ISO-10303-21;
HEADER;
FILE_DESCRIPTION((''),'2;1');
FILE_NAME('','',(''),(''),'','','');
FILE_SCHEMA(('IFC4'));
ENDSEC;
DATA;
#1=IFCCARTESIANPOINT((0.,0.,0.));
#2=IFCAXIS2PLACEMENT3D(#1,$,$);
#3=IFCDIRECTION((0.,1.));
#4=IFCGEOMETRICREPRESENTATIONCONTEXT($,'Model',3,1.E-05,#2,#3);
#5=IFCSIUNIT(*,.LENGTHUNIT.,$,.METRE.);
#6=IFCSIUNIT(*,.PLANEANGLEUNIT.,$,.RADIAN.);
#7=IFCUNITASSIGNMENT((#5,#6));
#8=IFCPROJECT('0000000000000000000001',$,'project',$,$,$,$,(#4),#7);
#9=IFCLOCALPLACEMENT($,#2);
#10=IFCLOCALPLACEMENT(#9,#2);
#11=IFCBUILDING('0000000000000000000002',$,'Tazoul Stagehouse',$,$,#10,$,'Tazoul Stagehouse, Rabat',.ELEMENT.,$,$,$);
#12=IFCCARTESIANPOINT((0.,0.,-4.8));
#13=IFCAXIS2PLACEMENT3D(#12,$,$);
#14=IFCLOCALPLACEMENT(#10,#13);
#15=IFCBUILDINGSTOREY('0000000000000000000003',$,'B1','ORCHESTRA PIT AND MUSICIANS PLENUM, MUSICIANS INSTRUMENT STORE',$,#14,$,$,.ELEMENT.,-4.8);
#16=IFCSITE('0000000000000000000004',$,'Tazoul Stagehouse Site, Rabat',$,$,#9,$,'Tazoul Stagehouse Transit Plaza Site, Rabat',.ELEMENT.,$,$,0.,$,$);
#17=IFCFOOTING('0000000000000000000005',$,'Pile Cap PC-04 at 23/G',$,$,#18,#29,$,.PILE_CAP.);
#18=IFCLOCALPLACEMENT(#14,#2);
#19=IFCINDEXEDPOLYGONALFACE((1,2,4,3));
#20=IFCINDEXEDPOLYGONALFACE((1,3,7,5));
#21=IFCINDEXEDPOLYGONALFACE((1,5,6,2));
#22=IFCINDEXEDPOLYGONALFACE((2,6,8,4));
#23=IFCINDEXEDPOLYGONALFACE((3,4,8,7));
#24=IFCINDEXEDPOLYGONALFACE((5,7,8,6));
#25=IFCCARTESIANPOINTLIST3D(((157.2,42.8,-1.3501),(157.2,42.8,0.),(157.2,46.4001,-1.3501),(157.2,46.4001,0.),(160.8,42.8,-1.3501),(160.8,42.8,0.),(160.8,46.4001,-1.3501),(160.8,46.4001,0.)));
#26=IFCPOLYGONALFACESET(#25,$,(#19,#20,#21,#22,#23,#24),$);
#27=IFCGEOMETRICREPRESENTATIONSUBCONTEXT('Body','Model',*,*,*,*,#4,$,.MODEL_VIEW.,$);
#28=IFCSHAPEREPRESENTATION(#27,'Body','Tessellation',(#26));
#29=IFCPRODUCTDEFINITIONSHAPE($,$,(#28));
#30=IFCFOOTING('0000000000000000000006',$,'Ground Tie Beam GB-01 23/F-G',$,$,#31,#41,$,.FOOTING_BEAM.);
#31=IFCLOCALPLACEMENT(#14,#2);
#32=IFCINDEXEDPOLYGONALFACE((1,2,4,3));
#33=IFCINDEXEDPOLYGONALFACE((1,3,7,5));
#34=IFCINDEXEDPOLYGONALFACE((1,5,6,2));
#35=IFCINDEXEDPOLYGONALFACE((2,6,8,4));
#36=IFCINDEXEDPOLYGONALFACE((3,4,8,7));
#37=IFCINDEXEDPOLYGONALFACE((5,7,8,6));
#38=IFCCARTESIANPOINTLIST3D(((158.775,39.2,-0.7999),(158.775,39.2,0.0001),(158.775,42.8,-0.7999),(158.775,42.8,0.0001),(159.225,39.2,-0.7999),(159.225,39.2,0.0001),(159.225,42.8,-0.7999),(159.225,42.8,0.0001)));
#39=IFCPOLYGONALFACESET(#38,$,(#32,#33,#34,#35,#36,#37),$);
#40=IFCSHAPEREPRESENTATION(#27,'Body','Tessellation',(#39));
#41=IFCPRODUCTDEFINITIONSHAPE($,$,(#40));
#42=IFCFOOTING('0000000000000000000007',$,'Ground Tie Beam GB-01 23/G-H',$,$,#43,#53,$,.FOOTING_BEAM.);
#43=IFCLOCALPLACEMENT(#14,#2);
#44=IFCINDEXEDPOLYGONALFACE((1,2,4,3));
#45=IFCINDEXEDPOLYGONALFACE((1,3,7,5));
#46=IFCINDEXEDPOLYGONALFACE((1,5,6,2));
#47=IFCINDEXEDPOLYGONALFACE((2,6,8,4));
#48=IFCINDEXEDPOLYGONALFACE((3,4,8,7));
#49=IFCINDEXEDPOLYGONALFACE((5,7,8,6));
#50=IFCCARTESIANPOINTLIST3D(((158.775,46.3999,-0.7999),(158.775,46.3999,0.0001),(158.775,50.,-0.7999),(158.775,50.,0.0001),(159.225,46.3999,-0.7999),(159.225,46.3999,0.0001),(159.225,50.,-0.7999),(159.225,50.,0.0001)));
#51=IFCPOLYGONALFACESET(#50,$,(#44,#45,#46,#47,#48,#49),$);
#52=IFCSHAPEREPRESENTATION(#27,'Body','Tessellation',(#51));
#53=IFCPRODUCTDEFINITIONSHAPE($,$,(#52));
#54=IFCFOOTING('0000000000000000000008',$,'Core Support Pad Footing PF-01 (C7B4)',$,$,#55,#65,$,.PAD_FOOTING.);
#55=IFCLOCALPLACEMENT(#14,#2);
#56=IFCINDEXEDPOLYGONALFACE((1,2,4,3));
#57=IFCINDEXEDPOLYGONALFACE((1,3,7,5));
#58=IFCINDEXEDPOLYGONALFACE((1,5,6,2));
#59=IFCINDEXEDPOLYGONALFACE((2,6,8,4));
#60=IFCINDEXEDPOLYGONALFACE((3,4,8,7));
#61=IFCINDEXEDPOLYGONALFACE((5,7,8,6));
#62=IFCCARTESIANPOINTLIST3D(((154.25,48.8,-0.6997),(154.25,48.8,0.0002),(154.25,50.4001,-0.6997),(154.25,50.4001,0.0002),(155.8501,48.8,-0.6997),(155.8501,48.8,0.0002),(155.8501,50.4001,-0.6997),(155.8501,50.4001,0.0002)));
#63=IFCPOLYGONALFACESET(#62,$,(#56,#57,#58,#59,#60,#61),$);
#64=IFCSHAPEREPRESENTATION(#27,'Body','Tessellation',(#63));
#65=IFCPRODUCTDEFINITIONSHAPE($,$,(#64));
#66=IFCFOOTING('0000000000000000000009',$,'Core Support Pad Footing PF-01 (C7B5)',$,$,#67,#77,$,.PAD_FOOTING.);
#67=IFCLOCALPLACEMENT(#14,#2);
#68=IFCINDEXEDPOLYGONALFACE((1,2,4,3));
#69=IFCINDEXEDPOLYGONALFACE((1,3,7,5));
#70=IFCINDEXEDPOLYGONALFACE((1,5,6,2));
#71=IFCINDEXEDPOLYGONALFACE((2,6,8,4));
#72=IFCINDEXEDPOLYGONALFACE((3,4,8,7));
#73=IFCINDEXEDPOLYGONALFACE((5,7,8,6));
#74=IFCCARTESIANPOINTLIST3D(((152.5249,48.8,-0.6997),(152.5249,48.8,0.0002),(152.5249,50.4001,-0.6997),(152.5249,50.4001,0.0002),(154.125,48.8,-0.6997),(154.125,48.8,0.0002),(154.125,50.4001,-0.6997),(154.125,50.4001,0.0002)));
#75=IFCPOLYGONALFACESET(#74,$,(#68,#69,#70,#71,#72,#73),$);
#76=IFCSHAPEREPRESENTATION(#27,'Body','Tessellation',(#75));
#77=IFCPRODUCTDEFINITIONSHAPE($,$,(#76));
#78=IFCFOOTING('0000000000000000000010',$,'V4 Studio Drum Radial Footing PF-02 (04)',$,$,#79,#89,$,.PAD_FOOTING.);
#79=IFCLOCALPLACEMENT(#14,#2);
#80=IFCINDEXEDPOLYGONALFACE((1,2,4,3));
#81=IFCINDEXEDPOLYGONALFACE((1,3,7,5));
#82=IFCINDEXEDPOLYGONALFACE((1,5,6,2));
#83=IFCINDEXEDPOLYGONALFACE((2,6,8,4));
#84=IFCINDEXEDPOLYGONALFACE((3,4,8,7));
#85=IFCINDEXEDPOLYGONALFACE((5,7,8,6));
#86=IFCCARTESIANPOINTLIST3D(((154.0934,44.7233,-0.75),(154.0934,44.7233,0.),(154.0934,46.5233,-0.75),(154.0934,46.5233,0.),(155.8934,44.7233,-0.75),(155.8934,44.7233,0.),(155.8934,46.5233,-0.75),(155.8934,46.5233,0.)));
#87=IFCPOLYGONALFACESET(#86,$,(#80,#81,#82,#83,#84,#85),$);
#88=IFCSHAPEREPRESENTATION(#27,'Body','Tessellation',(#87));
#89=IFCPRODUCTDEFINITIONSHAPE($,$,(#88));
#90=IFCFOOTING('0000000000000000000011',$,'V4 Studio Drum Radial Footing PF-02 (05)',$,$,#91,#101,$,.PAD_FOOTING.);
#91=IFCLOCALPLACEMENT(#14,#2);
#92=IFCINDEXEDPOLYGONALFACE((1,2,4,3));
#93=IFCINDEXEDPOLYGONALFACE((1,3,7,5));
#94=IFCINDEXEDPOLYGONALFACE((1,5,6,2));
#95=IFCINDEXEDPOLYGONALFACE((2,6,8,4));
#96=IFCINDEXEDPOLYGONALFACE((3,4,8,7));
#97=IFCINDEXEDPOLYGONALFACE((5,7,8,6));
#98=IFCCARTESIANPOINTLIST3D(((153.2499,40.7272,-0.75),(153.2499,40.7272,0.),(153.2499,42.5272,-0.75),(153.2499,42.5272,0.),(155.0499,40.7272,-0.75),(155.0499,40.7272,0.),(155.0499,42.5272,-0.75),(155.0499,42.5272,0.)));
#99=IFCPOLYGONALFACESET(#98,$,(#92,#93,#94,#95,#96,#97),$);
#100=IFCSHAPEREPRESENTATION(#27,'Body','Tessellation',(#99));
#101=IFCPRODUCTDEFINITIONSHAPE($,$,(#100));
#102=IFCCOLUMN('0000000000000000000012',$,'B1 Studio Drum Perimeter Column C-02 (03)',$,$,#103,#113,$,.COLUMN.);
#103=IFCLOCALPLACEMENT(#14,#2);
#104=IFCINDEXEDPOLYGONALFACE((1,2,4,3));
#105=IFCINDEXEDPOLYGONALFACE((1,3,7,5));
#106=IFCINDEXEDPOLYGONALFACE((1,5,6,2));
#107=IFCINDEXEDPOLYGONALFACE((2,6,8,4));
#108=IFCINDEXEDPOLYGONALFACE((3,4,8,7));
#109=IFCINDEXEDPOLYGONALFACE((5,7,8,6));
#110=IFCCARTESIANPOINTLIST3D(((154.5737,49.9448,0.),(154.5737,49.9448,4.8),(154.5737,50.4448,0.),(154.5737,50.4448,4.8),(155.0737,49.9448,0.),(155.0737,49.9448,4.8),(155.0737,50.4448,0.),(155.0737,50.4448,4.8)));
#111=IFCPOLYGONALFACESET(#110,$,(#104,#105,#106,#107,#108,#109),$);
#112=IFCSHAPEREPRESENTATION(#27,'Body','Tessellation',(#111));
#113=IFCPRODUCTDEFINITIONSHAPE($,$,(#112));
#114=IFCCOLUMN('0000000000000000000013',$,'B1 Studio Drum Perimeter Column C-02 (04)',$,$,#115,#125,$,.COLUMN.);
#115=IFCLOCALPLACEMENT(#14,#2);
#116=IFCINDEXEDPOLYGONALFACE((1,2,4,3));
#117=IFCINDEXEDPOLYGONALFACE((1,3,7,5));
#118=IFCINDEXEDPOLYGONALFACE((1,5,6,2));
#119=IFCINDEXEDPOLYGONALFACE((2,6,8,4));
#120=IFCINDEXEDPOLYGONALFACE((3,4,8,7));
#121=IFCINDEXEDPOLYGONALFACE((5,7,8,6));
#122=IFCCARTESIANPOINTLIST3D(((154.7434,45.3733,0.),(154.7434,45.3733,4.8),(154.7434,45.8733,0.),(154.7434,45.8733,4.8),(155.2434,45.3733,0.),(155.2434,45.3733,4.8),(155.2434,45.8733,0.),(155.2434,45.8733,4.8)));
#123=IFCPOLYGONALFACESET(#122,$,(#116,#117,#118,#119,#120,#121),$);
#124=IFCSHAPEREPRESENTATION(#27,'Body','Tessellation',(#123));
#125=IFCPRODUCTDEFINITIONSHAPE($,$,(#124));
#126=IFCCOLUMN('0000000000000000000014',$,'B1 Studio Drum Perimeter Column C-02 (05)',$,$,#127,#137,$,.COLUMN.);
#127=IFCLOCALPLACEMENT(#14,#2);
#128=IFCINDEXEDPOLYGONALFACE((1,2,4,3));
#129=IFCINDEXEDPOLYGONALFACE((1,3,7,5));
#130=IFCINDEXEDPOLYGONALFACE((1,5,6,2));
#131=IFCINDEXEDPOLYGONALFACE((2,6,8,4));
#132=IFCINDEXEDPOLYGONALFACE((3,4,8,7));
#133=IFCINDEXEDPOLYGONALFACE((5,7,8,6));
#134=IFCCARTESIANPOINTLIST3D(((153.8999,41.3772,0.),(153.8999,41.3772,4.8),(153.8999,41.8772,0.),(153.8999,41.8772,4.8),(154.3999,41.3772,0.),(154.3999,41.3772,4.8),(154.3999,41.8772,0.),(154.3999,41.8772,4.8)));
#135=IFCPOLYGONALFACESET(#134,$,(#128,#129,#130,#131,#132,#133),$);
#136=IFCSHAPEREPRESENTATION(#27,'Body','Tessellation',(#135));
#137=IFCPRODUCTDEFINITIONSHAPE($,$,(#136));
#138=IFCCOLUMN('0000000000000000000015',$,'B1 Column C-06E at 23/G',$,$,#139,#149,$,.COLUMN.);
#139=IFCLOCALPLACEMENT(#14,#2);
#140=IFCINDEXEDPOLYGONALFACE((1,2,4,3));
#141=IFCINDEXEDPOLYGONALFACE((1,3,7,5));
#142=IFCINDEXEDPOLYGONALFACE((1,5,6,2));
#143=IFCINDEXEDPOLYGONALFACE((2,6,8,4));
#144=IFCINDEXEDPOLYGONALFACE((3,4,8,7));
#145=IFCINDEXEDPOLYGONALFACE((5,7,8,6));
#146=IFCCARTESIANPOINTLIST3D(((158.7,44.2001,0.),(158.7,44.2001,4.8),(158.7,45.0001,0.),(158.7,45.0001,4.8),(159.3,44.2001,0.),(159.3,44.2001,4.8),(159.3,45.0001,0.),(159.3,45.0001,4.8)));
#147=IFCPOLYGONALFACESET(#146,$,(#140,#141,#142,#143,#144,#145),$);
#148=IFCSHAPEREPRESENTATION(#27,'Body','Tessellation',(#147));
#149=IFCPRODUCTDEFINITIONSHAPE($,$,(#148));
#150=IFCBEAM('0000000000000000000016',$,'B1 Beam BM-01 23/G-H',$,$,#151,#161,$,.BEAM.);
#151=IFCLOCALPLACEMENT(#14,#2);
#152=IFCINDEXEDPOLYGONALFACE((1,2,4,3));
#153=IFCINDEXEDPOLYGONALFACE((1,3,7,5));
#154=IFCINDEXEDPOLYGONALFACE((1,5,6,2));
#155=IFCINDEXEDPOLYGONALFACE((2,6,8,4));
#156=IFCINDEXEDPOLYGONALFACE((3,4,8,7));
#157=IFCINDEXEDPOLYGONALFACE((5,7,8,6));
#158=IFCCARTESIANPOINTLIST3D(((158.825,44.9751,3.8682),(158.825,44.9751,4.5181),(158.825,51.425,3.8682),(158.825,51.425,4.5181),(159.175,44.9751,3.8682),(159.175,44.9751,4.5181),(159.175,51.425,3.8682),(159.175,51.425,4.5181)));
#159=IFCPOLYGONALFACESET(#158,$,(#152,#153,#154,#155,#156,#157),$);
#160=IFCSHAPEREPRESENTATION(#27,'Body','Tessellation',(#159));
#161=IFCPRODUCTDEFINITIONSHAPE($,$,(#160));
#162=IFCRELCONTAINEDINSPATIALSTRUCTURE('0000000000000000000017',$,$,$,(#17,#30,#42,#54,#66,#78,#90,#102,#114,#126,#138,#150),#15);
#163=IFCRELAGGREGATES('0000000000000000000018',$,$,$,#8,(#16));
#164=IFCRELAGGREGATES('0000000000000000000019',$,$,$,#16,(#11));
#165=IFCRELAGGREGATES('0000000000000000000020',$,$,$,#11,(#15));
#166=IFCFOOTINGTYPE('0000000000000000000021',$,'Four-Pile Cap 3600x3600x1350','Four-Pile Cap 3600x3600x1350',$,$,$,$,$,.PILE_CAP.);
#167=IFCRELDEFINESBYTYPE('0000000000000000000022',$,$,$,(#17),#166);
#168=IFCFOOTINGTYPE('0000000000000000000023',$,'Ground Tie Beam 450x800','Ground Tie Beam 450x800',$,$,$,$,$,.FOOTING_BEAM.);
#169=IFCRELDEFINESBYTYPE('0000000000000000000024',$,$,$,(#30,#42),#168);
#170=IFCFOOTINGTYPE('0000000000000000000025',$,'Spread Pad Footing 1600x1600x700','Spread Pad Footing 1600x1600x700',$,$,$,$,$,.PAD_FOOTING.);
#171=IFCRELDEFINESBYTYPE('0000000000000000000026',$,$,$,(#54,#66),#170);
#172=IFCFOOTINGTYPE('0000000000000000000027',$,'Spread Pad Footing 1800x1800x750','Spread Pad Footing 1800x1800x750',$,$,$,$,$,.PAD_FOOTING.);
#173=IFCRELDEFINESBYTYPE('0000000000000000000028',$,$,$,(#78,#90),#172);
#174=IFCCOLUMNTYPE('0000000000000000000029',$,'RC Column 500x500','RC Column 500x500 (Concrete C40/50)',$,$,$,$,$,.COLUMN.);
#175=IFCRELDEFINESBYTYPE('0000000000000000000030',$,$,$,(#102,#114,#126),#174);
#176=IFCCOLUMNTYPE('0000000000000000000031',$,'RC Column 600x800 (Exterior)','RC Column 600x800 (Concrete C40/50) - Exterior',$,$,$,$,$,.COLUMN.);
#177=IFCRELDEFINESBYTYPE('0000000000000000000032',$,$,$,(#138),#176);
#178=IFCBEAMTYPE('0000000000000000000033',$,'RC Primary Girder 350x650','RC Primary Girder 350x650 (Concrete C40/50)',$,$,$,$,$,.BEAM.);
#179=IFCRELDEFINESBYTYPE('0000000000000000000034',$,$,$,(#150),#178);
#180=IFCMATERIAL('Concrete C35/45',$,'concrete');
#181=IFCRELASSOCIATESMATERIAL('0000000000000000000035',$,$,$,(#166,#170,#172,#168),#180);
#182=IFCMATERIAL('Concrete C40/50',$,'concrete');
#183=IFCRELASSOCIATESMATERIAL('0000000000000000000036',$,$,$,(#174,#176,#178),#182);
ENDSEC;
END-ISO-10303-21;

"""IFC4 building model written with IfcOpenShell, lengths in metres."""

from ifc_helpers import new_model, si_unit, direction, frame, origin, origin_2d, place, context, subcontext, project, spatial, rectangle, extrude, material, material_profile, profile_set, type_object, element, save


model = new_model("IFC4")

# Units and contexts
model_context = context("Model", 3, precision=1e-05, world=origin(), true_north=direction((0.0, 1.0)))
body_context = subcontext(model_context, "Body", "Model", "MODEL_VIEW")
ifc_project = project(units=[si_unit("LENGTHUNIT", "METRE"), si_unit("PLANEANGLEUNIT", "RADIAN")], contexts=[model_context])

# Site, building, storey
site_placement = place(None, origin())
site = spatial("IfcSite", under=ifc_project, at=site_placement, Name="Tazoul Stagehouse Site, Rabat", LongName="Tazoul Stagehouse Transit Plaza Site, Rabat", CompositionType="ELEMENT", RefElevation=0.0)
building_placement = place(site_placement, origin())
building = spatial("IfcBuilding", under=site, at=building_placement, Name="Tazoul Stagehouse", LongName="Tazoul Stagehouse, Rabat", CompositionType="ELEMENT")
storey_placement = place(building_placement, frame((0.0, 0.0, -4.8)))
storey = spatial("IfcBuildingStorey", under=building, at=storey_placement, Name="B1", Description="ORCHESTRA PIT AND MUSICIANS PLENUM, MUSICIANS INSTRUMENT STORE", CompositionType="ELEMENT", Elevation=-4.8)

# Shared definitions
ifc_material_1 = material(Name="Concrete C35/45", Category="concrete")

# Footings
footing_type_1 = type_object("IfcFootingType", Name="Four-Pile Cap 3600x3600x1350", Description="Four-Pile Cap 3600x3600x1350", PredefinedType="PILE_CAP", material=ifc_material_1)
footing_placement = place(storey_placement, frame((159.0, 44.6001, -1.3501), z_axis=(0.0, 0.0, 1.0), x_axis=(1.0, 0.0, 0.0)))
element("IfcFooting", 1, at=footing_placement, inside=storey, type_object=footing_type_1, Name="Pile Cap PC-04 at 23/G", PredefinedType="PILE_CAP", context=body_context, shape_type="SweptSolid", body=[
    extrude(rectangle(XDim=3.6001, YDim=3.6001, at=origin_2d()), origin(), (0.0, 0.0, 1.0), 1.3501),
])
ifc_material_profile_1 = material_profile(ifc_material_1, rectangle(XDim=0.45, YDim=0.8, at=origin_2d()), Name="RC 450x800")
ifc_profile_set_1 = profile_set([ifc_material_profile_1], Name="Concrete C35/45")
footing_type_2 = type_object("IfcFootingType", Name="Ground Tie Beam 450x800", Description="Ground Tie Beam 450x800", PredefinedType="FOOTING_BEAM", material=ifc_profile_set_1)
for number, where, z_axis, x_axis, name in (
    (2, (159.0, 39.2, -0.3999), (0.0, 1.0, 0.0), (-1.0, 0.0, 0.0), "Ground Tie Beam GB-01 23/F-G"),
    (3, (159.0, 46.3999, -0.3999), (0.0, 1.0, 0.0), (-1.0, 0.0, 0.0), "Ground Tie Beam GB-01 23/G-H"),
):
    element("IfcFooting", number, at=place(storey_placement, frame(where, z_axis=z_axis, x_axis=x_axis)), inside=storey, type_object=footing_type_2, Name=name, PredefinedType="FOOTING_BEAM", context=body_context, shape_type="SweptSolid", body=[
        extrude(rectangle(XDim=0.45, YDim=0.8, at=origin_2d()), origin(), (0.0, 0.0, 1.0), 3.6001),
    ])
footing_type_3 = type_object("IfcFootingType", Name="Spread Pad Footing 1600x1600x700", Description="Spread Pad Footing 1600x1600x700", PredefinedType="PAD_FOOTING", material=ifc_material_1)
for number, where, z_axis, x_axis, name in (
    (4, (155.05, 49.6001, -0.6997), (0.0, 0.0, 1.0), (1.0, 0.0, 0.0), "Core Support Pad Footing PF-01 (C7B4)"),
    (5, (153.325, 49.6001, -0.6997), (0.0, 0.0, 1.0), (1.0, 0.0, 0.0), "Core Support Pad Footing PF-01 (C7B5)"),
):
    element("IfcFooting", number, at=place(storey_placement, frame(where, z_axis=z_axis, x_axis=x_axis)), inside=storey, type_object=footing_type_3, Name=name, PredefinedType="PAD_FOOTING", context=body_context, shape_type="SweptSolid", body=[
        extrude(rectangle(XDim=1.6001, YDim=1.6001, at=origin_2d()), origin(), (0.0, 0.0, 1.0), 0.7),
    ])
footing_type_4 = type_object("IfcFootingType", Name="Spread Pad Footing 1800x1800x750", Description="Spread Pad Footing 1800x1800x750", PredefinedType="PAD_FOOTING", material=ifc_material_1)
for number, where, z_axis, x_axis, name in (
    (6, (154.9934, 45.6233, -0.75), (0.0, 0.0, 1.0), (1.0, 0.0, 0.0), "V4 Studio Drum Radial Footing PF-02 (04)"),
    (7, (154.1499, 41.6272, -0.75), (0.0, 0.0, 1.0), (1.0, 0.0, 0.0), "V4 Studio Drum Radial Footing PF-02 (05)"),
):
    element("IfcFooting", number, at=place(storey_placement, frame(where, z_axis=z_axis, x_axis=x_axis)), inside=storey, type_object=footing_type_4, Name=name, PredefinedType="PAD_FOOTING", context=body_context, shape_type="SweptSolid", body=[
        extrude(rectangle(XDim=1.8, YDim=1.8, at=origin_2d()), origin(), (0.0, 0.0, 1.0), 0.75),
    ])

# Columns
ifc_material_2 = material(Name="Concrete C40/50", Category="concrete")
ifc_material_profile_2 = material_profile(ifc_material_2, rectangle(XDim=0.5, YDim=0.5, at=origin_2d()), Name="RC 500x500")
ifc_profile_set_2 = profile_set([ifc_material_profile_2], Name="Concrete C40/50")
column_type_1 = type_object("IfcColumnType", Name="RC Column 500x500", Description="RC Column 500x500 (Concrete C40/50)", PredefinedType="COLUMN", material=ifc_profile_set_2)
for number, where, z_axis, x_axis, name in (
    (8, (154.8237, 50.1948, 0.0), (0.0, 0.0, 1.0), (1.0, 0.0, 0.0), "B1 Studio Drum Perimeter Column C-02 (03)"),
    (9, (154.9934, 45.6233, 0.0), (0.0, 0.0, 1.0), (1.0, 0.0, 0.0), "B1 Studio Drum Perimeter Column C-02 (04)"),
    (10, (154.1499, 41.6272, 0.0), (0.0, 0.0, 1.0), (1.0, 0.0, 0.0), "B1 Studio Drum Perimeter Column C-02 (05)"),
):
    element("IfcColumn", number, at=place(storey_placement, frame(where, z_axis=z_axis, x_axis=x_axis)), inside=storey, type_object=column_type_1, Name=name, PredefinedType="COLUMN", context=body_context, shape_type="SweptSolid", body=[
        extrude(rectangle(XDim=0.5, YDim=0.5, at=origin_2d()), origin(), (0.0, 0.0, 1.0), 4.8),
    ])
ifc_material_profile_3 = material_profile(ifc_material_2, rectangle(XDim=0.6001, YDim=0.8, at=origin_2d()), Name="RC 600x800")
ifc_profile_set_3 = profile_set([ifc_material_profile_3], Name="Concrete C40/50")
column_type_2 = type_object("IfcColumnType", Name="RC Column 600x800 (Exterior)", Description="RC Column 600x800 (Concrete C40/50) - Exterior", PredefinedType="COLUMN", material=ifc_profile_set_3)
column_placement = place(storey_placement, frame((159.0, 44.6001, 0.0), z_axis=(0.0, 0.0, 1.0), x_axis=(1.0, 0.0, 0.0)))
element("IfcColumn", 11, at=column_placement, inside=storey, type_object=column_type_2, Name="B1 Column C-06E at 23/G", PredefinedType="COLUMN", context=body_context, shape_type="SweptSolid", body=[
    extrude(rectangle(XDim=0.6001, YDim=0.8, at=origin_2d()), origin(), (0.0, 0.0, 1.0), 4.8),
])

# Beam
ifc_material_profile_4 = material_profile(ifc_material_2, rectangle(XDim=0.3501, YDim=0.6499, at=origin_2d()), Name="RC 350x650")
ifc_profile_set_4 = profile_set([ifc_material_profile_4], Name="Concrete C40/50")
beam_type = type_object("IfcBeamType", Name="RC Primary Girder 350x650", Description="RC Primary Girder 350x650 (Concrete C40/50)", PredefinedType="BEAM", material=ifc_profile_set_4)
beam_placement = place(storey_placement, frame((159.0, 44.9751, 4.1931), z_axis=(0.0, 1.0, 0.0), x_axis=(-1.0, 0.0, 0.0)))
element("IfcBeam", 12, at=beam_placement, inside=storey, type_object=beam_type, Name="B1 Beam BM-01 23/G-H", PredefinedType="BEAM", context=body_context, shape_type="SweptSolid", body=[
    extrude(rectangle(XDim=0.3501, YDim=0.6499, at=origin_2d()), origin(), (0.0, 0.0, 1.0), 6.45),
])

save(model, "model.ifc")
